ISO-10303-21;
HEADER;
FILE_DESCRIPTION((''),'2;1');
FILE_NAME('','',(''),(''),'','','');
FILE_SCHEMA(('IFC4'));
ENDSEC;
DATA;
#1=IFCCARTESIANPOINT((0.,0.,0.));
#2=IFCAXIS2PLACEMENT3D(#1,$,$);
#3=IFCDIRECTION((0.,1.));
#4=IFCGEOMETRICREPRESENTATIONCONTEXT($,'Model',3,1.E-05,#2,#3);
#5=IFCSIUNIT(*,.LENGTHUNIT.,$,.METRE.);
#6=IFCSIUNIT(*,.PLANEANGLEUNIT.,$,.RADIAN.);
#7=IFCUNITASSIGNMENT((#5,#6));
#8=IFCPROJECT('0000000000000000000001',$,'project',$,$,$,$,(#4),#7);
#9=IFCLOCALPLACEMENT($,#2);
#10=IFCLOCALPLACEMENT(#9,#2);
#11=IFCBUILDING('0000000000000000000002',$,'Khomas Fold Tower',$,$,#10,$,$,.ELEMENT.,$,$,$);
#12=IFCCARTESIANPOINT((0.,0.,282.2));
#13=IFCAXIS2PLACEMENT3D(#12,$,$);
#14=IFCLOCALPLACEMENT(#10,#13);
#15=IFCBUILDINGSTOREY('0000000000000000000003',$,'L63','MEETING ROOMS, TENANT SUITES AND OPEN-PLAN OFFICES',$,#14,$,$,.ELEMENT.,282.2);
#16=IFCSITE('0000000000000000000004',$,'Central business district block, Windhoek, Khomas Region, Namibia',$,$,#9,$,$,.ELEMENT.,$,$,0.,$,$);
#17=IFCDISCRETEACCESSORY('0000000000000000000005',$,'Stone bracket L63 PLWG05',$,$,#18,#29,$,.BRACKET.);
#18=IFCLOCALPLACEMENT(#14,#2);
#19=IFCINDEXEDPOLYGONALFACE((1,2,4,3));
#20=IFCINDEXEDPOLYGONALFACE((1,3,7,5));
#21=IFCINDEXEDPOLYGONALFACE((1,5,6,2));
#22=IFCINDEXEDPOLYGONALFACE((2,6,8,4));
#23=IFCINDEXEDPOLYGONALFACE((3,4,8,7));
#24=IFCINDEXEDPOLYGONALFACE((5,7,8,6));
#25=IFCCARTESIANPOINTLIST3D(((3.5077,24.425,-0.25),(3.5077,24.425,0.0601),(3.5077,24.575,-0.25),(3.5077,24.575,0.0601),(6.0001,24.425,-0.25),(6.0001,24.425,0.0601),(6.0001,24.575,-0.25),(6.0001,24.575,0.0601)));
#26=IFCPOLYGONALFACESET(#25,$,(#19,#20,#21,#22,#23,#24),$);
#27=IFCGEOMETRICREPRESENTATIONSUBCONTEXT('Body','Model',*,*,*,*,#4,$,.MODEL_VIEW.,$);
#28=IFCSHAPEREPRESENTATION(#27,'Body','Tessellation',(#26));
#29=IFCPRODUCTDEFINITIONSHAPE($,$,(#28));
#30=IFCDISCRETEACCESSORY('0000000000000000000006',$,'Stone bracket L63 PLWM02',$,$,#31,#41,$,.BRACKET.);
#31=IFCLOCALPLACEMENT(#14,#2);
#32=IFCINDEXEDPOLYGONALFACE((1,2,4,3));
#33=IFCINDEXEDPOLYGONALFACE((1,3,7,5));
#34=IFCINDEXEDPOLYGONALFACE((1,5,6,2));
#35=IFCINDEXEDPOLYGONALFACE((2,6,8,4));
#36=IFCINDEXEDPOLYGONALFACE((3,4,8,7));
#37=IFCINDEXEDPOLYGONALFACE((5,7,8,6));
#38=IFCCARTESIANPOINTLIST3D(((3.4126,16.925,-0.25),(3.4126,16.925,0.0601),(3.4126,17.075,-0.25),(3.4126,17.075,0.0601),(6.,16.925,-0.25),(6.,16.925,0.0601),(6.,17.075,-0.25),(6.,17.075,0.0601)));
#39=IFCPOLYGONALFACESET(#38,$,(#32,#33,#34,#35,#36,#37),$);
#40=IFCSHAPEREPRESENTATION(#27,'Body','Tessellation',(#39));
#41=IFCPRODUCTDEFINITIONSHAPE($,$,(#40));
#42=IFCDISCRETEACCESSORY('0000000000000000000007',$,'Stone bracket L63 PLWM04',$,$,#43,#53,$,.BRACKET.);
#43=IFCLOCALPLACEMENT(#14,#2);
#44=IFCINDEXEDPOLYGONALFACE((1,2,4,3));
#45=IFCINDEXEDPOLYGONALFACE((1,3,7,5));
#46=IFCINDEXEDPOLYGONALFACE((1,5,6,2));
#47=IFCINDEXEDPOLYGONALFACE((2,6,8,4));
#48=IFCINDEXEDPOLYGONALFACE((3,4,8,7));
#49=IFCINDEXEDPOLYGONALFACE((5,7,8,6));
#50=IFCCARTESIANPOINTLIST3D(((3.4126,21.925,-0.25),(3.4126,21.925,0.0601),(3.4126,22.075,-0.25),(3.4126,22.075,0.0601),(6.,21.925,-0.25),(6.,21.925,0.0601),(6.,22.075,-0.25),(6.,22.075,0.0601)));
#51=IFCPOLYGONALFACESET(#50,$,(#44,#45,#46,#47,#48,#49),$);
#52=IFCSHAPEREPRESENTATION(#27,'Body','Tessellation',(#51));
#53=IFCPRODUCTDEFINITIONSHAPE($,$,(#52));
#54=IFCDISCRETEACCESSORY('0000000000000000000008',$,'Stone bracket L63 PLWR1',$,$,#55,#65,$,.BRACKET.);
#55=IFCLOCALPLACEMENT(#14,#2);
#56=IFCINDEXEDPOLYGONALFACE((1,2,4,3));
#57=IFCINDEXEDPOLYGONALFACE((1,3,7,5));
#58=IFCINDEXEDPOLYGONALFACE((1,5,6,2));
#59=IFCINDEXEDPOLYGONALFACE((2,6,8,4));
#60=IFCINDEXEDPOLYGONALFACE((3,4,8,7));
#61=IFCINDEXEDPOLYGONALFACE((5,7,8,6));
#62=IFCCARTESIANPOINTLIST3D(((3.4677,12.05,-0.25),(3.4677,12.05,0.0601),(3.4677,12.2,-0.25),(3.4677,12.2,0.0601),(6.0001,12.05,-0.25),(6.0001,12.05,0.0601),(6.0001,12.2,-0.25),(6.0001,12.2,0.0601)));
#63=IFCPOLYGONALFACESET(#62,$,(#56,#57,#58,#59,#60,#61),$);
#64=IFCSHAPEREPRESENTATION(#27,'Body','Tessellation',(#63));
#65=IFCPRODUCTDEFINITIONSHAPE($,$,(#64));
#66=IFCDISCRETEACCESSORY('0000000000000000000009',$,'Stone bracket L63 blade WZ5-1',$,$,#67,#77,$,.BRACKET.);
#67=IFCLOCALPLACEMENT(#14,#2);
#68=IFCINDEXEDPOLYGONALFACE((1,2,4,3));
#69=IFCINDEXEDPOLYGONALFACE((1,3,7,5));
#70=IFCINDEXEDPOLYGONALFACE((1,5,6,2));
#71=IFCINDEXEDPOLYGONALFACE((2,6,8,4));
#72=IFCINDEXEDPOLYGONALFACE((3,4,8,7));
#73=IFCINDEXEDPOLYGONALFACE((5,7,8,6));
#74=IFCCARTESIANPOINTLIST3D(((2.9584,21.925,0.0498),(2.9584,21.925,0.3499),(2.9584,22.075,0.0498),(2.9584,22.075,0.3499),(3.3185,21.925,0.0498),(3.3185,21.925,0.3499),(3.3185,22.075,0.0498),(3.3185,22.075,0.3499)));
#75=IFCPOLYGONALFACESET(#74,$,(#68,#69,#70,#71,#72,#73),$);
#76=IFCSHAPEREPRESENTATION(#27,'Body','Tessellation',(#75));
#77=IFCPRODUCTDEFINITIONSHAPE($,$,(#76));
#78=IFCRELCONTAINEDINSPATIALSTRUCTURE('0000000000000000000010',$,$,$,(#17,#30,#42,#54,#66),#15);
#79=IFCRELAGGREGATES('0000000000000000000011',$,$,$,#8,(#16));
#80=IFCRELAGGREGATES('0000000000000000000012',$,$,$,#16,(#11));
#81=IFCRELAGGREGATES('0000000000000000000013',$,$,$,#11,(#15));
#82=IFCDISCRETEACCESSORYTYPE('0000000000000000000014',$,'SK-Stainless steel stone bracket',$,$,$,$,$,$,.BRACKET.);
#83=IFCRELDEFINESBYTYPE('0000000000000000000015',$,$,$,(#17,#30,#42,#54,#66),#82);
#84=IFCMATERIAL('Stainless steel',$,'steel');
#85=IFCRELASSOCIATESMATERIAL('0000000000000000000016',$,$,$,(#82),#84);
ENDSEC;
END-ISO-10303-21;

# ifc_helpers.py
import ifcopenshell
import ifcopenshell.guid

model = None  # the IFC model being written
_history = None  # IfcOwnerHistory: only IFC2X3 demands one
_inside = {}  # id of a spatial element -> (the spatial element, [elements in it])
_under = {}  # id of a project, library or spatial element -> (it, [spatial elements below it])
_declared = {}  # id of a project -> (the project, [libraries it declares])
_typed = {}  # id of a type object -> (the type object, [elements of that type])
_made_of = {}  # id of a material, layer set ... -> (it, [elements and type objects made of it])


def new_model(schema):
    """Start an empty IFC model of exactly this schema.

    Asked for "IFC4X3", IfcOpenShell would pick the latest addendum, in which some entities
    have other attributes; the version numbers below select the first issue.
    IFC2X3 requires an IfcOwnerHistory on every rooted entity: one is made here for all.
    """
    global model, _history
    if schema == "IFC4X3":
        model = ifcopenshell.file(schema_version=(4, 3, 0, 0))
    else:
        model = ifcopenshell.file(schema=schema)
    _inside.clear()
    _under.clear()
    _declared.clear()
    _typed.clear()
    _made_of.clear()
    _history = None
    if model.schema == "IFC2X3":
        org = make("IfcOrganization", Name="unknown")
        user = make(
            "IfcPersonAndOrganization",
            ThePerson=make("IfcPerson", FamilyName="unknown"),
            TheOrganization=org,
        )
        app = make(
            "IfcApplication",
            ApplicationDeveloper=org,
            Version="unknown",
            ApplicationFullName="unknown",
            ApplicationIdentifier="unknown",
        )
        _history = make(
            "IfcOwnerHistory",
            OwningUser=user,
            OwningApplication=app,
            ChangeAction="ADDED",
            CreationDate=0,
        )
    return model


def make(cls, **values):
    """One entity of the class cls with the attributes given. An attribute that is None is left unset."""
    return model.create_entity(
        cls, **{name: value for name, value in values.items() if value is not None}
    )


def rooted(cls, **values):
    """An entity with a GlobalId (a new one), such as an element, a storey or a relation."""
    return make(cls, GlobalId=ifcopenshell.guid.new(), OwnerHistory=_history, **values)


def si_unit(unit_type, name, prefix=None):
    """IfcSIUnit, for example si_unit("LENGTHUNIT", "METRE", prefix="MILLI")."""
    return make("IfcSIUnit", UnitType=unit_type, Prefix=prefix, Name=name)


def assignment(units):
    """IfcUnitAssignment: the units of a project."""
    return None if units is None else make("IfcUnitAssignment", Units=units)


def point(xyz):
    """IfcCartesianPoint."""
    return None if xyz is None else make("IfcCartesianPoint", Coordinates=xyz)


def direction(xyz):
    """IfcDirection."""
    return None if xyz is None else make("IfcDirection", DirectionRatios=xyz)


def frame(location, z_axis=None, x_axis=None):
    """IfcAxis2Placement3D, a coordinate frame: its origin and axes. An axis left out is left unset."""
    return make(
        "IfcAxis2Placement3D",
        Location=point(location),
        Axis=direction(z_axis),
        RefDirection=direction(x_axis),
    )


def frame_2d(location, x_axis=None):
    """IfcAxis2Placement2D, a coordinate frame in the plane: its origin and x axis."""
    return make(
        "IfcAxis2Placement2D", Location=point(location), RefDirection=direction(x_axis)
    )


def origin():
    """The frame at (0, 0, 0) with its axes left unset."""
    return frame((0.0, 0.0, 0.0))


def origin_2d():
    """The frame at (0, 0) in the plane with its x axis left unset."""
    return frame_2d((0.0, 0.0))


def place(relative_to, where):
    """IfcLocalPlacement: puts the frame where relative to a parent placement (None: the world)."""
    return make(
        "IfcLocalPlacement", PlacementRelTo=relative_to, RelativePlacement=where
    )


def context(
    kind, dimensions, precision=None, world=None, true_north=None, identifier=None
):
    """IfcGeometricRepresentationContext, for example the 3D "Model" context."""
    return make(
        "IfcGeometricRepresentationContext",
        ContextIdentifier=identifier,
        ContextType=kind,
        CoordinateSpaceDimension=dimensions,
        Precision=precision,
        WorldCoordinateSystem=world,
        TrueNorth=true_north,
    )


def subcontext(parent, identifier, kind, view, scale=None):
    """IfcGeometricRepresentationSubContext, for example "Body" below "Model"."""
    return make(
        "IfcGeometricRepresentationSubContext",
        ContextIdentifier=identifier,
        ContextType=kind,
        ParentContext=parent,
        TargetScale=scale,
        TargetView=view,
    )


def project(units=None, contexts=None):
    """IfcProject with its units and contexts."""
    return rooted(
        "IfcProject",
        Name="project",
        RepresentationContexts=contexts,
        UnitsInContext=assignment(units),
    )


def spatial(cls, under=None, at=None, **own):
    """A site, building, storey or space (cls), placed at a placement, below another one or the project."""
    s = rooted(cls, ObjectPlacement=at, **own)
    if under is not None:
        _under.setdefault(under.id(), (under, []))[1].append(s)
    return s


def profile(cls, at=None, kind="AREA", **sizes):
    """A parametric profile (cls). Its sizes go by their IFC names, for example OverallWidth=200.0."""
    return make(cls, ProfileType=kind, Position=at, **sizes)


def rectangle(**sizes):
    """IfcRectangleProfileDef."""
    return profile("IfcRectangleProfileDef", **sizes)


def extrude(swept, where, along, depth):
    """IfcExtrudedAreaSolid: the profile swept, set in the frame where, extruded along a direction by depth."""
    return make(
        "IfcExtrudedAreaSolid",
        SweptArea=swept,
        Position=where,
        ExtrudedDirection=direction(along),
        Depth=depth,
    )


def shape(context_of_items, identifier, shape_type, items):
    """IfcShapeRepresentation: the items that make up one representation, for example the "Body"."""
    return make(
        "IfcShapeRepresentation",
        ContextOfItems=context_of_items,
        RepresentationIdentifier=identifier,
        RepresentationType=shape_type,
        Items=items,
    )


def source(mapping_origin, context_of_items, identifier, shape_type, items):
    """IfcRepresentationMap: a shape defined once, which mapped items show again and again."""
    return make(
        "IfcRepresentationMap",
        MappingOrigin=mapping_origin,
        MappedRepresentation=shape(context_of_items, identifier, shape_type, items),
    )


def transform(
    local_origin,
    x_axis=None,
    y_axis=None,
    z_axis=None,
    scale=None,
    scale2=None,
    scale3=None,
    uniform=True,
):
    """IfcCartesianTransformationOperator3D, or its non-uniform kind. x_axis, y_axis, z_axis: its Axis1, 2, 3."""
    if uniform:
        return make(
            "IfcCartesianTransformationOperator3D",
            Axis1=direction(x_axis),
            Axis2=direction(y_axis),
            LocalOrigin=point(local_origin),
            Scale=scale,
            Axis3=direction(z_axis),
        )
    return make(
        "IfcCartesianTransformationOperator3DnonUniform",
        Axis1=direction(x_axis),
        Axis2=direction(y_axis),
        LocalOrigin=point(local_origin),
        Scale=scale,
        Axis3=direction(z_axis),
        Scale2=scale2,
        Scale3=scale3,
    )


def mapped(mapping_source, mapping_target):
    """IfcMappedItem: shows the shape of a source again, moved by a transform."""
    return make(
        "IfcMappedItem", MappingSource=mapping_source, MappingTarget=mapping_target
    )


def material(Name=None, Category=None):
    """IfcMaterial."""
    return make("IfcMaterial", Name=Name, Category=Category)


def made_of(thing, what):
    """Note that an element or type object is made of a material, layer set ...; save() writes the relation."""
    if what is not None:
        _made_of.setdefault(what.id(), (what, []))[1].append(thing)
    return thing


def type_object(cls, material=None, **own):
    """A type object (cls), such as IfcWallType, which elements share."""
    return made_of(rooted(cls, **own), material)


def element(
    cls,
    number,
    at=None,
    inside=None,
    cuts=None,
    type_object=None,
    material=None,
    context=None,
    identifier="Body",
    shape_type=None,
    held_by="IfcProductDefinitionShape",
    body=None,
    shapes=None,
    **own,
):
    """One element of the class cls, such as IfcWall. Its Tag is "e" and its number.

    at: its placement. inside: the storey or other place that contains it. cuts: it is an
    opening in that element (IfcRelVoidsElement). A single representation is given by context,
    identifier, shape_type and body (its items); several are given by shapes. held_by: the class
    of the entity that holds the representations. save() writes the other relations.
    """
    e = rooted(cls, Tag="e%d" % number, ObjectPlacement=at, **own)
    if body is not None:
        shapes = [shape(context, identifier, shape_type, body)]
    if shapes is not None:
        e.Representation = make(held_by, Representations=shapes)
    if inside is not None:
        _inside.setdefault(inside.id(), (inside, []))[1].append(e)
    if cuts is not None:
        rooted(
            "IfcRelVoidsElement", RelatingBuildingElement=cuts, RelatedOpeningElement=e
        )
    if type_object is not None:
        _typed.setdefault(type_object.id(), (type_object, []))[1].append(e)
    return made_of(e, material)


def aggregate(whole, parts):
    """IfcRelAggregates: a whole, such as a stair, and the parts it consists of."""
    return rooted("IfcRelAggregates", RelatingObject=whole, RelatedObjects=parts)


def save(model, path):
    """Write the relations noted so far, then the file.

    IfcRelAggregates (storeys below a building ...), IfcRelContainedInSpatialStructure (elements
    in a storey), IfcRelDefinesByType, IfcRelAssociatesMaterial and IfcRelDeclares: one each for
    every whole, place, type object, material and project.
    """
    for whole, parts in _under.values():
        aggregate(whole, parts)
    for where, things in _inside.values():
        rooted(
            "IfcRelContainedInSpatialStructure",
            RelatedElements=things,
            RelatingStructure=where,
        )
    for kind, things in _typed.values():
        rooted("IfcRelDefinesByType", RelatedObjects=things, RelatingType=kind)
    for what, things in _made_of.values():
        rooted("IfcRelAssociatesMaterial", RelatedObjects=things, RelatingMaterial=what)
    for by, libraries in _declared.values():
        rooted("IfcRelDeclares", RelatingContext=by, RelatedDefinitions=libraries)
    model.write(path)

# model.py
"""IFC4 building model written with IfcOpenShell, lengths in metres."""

from ifc_helpers import new_model, si_unit, direction, frame, origin, origin_2d, place, context, subcontext, project, spatial, rectangle, extrude, source, transform, mapped, material, type_object, element, save


model = new_model("IFC4")

# Units and contexts
model_context = context("Model", 3, precision=1e-05, world=origin(), true_north=direction((0.0, 1.0)))
body_context = subcontext(model_context, "Body", "Model", "MODEL_VIEW")
ifc_project = project(units=[si_unit("LENGTHUNIT", "METRE"), si_unit("PLANEANGLEUNIT", "RADIAN")], contexts=[model_context])

# Site, building, storey
site_placement = place(None, origin())
site = spatial("IfcSite", under=ifc_project, at=site_placement, Name="Central business district block, Windhoek, Khomas Region, Namibia", CompositionType="ELEMENT", RefElevation=0.0)
building_placement = place(site_placement, origin())
building = spatial("IfcBuilding", under=site, at=building_placement, Name="Khomas Fold Tower", CompositionType="ELEMENT")
storey_placement = place(building_placement, frame((0.0, 0.0, 282.2)))
storey = spatial("IfcBuildingStorey", under=building, at=storey_placement, Name="L63", Description="MEETING ROOMS, TENANT SUITES AND OPEN-PLAN OFFICES", CompositionType="ELEMENT", Elevation=282.2)

# Discrete accessories
ifc_material_1 = material(Name="Stainless steel", Category="steel")
discrete_accessory_type = type_object("IfcDiscreteAccessoryType", Name="SK-Stainless steel stone bracket", PredefinedType="BRACKET", material=ifc_material_1)
shared_shape_1 = source(origin(), body_context, "Body", "SweptSolid", [
    extrude(rectangle(XDim=2.4924, YDim=0.1499, at=origin_2d()), origin(), (0.0, 0.0, 1.0), 0.3101),
])
for number, where, z_axis, x_axis, name in (
    (1, (4.7539, 24.5, -0.25), (0.0, 0.0, 1.0), (-1.0, 0.0, 0.0), "Stone bracket L63 PLWG05"),
):
    element("IfcDiscreteAccessory", number, at=place(storey_placement, frame(where, z_axis=z_axis, x_axis=x_axis)), inside=storey, type_object=discrete_accessory_type, Name=name, PredefinedType="BRACKET", context=body_context, shape_type="MappedRepresentation", body=[
        mapped(shared_shape_1, transform((0.0, 0.0, 0.0))),
    ])
shared_shape_2 = source(origin(), body_context, "Body", "SweptSolid", [
    extrude(rectangle(XDim=2.5874, YDim=0.1499, at=origin_2d()), origin(), (0.0, 0.0, 1.0), 0.3101),
])
for number, where, z_axis, x_axis, name in (
    (2, (4.7063, 17.0, -0.25), (0.0, 0.0, 1.0), (-1.0, 0.0, 0.0), "Stone bracket L63 PLWM02"),
    (3, (4.7063, 22.0, -0.25), (0.0, 0.0, 1.0), (-1.0, 0.0, 0.0), "Stone bracket L63 PLWM04"),
):
    element("IfcDiscreteAccessory", number, at=place(storey_placement, frame(where, z_axis=z_axis, x_axis=x_axis)), inside=storey, type_object=discrete_accessory_type, Name=name, PredefinedType="BRACKET", context=body_context, shape_type="MappedRepresentation", body=[
        mapped(shared_shape_2, transform((0.0, 0.0, 0.0))),
    ])
shared_shape_3 = source(origin(), body_context, "Body", "SweptSolid", [
    extrude(rectangle(XDim=2.5325, YDim=0.1499, at=origin_2d()), origin(), (0.0, 0.0, 1.0), 0.3101),
])
discrete_accessory_1_placement = place(storey_placement, frame((4.7339, 12.125, -0.25), z_axis=(0.0, 0.0, 1.0), x_axis=(-1.0, 0.0, 0.0)))
element("IfcDiscreteAccessory", 4, at=discrete_accessory_1_placement, inside=storey, type_object=discrete_accessory_type, Name="Stone bracket L63 PLWR1", PredefinedType="BRACKET", context=body_context, shape_type="MappedRepresentation", body=[
    mapped(shared_shape_3, transform((0.0, 0.0, 0.0))),
])
shared_shape_4 = source(origin(), body_context, "Body", "SweptSolid", [
    extrude(rectangle(XDim=0.3601, YDim=0.1499, at=origin_2d()), origin(), (0.0, 0.0, 1.0), 0.3),
])
discrete_accessory_2_placement = place(storey_placement, frame((3.1384, 22.0, 0.0498), z_axis=(0.0, 0.0, 1.0), x_axis=(-1.0, 0.0, 0.0)))
element("IfcDiscreteAccessory", 5, at=discrete_accessory_2_placement, inside=storey, type_object=discrete_accessory_type, Name="Stone bracket L63 blade WZ5-1", PredefinedType="BRACKET", context=body_context, shape_type="MappedRepresentation", body=[
    mapped(shared_shape_4, transform((0.0, 0.0, 0.0))),
])

save(model, "model.ifc")
